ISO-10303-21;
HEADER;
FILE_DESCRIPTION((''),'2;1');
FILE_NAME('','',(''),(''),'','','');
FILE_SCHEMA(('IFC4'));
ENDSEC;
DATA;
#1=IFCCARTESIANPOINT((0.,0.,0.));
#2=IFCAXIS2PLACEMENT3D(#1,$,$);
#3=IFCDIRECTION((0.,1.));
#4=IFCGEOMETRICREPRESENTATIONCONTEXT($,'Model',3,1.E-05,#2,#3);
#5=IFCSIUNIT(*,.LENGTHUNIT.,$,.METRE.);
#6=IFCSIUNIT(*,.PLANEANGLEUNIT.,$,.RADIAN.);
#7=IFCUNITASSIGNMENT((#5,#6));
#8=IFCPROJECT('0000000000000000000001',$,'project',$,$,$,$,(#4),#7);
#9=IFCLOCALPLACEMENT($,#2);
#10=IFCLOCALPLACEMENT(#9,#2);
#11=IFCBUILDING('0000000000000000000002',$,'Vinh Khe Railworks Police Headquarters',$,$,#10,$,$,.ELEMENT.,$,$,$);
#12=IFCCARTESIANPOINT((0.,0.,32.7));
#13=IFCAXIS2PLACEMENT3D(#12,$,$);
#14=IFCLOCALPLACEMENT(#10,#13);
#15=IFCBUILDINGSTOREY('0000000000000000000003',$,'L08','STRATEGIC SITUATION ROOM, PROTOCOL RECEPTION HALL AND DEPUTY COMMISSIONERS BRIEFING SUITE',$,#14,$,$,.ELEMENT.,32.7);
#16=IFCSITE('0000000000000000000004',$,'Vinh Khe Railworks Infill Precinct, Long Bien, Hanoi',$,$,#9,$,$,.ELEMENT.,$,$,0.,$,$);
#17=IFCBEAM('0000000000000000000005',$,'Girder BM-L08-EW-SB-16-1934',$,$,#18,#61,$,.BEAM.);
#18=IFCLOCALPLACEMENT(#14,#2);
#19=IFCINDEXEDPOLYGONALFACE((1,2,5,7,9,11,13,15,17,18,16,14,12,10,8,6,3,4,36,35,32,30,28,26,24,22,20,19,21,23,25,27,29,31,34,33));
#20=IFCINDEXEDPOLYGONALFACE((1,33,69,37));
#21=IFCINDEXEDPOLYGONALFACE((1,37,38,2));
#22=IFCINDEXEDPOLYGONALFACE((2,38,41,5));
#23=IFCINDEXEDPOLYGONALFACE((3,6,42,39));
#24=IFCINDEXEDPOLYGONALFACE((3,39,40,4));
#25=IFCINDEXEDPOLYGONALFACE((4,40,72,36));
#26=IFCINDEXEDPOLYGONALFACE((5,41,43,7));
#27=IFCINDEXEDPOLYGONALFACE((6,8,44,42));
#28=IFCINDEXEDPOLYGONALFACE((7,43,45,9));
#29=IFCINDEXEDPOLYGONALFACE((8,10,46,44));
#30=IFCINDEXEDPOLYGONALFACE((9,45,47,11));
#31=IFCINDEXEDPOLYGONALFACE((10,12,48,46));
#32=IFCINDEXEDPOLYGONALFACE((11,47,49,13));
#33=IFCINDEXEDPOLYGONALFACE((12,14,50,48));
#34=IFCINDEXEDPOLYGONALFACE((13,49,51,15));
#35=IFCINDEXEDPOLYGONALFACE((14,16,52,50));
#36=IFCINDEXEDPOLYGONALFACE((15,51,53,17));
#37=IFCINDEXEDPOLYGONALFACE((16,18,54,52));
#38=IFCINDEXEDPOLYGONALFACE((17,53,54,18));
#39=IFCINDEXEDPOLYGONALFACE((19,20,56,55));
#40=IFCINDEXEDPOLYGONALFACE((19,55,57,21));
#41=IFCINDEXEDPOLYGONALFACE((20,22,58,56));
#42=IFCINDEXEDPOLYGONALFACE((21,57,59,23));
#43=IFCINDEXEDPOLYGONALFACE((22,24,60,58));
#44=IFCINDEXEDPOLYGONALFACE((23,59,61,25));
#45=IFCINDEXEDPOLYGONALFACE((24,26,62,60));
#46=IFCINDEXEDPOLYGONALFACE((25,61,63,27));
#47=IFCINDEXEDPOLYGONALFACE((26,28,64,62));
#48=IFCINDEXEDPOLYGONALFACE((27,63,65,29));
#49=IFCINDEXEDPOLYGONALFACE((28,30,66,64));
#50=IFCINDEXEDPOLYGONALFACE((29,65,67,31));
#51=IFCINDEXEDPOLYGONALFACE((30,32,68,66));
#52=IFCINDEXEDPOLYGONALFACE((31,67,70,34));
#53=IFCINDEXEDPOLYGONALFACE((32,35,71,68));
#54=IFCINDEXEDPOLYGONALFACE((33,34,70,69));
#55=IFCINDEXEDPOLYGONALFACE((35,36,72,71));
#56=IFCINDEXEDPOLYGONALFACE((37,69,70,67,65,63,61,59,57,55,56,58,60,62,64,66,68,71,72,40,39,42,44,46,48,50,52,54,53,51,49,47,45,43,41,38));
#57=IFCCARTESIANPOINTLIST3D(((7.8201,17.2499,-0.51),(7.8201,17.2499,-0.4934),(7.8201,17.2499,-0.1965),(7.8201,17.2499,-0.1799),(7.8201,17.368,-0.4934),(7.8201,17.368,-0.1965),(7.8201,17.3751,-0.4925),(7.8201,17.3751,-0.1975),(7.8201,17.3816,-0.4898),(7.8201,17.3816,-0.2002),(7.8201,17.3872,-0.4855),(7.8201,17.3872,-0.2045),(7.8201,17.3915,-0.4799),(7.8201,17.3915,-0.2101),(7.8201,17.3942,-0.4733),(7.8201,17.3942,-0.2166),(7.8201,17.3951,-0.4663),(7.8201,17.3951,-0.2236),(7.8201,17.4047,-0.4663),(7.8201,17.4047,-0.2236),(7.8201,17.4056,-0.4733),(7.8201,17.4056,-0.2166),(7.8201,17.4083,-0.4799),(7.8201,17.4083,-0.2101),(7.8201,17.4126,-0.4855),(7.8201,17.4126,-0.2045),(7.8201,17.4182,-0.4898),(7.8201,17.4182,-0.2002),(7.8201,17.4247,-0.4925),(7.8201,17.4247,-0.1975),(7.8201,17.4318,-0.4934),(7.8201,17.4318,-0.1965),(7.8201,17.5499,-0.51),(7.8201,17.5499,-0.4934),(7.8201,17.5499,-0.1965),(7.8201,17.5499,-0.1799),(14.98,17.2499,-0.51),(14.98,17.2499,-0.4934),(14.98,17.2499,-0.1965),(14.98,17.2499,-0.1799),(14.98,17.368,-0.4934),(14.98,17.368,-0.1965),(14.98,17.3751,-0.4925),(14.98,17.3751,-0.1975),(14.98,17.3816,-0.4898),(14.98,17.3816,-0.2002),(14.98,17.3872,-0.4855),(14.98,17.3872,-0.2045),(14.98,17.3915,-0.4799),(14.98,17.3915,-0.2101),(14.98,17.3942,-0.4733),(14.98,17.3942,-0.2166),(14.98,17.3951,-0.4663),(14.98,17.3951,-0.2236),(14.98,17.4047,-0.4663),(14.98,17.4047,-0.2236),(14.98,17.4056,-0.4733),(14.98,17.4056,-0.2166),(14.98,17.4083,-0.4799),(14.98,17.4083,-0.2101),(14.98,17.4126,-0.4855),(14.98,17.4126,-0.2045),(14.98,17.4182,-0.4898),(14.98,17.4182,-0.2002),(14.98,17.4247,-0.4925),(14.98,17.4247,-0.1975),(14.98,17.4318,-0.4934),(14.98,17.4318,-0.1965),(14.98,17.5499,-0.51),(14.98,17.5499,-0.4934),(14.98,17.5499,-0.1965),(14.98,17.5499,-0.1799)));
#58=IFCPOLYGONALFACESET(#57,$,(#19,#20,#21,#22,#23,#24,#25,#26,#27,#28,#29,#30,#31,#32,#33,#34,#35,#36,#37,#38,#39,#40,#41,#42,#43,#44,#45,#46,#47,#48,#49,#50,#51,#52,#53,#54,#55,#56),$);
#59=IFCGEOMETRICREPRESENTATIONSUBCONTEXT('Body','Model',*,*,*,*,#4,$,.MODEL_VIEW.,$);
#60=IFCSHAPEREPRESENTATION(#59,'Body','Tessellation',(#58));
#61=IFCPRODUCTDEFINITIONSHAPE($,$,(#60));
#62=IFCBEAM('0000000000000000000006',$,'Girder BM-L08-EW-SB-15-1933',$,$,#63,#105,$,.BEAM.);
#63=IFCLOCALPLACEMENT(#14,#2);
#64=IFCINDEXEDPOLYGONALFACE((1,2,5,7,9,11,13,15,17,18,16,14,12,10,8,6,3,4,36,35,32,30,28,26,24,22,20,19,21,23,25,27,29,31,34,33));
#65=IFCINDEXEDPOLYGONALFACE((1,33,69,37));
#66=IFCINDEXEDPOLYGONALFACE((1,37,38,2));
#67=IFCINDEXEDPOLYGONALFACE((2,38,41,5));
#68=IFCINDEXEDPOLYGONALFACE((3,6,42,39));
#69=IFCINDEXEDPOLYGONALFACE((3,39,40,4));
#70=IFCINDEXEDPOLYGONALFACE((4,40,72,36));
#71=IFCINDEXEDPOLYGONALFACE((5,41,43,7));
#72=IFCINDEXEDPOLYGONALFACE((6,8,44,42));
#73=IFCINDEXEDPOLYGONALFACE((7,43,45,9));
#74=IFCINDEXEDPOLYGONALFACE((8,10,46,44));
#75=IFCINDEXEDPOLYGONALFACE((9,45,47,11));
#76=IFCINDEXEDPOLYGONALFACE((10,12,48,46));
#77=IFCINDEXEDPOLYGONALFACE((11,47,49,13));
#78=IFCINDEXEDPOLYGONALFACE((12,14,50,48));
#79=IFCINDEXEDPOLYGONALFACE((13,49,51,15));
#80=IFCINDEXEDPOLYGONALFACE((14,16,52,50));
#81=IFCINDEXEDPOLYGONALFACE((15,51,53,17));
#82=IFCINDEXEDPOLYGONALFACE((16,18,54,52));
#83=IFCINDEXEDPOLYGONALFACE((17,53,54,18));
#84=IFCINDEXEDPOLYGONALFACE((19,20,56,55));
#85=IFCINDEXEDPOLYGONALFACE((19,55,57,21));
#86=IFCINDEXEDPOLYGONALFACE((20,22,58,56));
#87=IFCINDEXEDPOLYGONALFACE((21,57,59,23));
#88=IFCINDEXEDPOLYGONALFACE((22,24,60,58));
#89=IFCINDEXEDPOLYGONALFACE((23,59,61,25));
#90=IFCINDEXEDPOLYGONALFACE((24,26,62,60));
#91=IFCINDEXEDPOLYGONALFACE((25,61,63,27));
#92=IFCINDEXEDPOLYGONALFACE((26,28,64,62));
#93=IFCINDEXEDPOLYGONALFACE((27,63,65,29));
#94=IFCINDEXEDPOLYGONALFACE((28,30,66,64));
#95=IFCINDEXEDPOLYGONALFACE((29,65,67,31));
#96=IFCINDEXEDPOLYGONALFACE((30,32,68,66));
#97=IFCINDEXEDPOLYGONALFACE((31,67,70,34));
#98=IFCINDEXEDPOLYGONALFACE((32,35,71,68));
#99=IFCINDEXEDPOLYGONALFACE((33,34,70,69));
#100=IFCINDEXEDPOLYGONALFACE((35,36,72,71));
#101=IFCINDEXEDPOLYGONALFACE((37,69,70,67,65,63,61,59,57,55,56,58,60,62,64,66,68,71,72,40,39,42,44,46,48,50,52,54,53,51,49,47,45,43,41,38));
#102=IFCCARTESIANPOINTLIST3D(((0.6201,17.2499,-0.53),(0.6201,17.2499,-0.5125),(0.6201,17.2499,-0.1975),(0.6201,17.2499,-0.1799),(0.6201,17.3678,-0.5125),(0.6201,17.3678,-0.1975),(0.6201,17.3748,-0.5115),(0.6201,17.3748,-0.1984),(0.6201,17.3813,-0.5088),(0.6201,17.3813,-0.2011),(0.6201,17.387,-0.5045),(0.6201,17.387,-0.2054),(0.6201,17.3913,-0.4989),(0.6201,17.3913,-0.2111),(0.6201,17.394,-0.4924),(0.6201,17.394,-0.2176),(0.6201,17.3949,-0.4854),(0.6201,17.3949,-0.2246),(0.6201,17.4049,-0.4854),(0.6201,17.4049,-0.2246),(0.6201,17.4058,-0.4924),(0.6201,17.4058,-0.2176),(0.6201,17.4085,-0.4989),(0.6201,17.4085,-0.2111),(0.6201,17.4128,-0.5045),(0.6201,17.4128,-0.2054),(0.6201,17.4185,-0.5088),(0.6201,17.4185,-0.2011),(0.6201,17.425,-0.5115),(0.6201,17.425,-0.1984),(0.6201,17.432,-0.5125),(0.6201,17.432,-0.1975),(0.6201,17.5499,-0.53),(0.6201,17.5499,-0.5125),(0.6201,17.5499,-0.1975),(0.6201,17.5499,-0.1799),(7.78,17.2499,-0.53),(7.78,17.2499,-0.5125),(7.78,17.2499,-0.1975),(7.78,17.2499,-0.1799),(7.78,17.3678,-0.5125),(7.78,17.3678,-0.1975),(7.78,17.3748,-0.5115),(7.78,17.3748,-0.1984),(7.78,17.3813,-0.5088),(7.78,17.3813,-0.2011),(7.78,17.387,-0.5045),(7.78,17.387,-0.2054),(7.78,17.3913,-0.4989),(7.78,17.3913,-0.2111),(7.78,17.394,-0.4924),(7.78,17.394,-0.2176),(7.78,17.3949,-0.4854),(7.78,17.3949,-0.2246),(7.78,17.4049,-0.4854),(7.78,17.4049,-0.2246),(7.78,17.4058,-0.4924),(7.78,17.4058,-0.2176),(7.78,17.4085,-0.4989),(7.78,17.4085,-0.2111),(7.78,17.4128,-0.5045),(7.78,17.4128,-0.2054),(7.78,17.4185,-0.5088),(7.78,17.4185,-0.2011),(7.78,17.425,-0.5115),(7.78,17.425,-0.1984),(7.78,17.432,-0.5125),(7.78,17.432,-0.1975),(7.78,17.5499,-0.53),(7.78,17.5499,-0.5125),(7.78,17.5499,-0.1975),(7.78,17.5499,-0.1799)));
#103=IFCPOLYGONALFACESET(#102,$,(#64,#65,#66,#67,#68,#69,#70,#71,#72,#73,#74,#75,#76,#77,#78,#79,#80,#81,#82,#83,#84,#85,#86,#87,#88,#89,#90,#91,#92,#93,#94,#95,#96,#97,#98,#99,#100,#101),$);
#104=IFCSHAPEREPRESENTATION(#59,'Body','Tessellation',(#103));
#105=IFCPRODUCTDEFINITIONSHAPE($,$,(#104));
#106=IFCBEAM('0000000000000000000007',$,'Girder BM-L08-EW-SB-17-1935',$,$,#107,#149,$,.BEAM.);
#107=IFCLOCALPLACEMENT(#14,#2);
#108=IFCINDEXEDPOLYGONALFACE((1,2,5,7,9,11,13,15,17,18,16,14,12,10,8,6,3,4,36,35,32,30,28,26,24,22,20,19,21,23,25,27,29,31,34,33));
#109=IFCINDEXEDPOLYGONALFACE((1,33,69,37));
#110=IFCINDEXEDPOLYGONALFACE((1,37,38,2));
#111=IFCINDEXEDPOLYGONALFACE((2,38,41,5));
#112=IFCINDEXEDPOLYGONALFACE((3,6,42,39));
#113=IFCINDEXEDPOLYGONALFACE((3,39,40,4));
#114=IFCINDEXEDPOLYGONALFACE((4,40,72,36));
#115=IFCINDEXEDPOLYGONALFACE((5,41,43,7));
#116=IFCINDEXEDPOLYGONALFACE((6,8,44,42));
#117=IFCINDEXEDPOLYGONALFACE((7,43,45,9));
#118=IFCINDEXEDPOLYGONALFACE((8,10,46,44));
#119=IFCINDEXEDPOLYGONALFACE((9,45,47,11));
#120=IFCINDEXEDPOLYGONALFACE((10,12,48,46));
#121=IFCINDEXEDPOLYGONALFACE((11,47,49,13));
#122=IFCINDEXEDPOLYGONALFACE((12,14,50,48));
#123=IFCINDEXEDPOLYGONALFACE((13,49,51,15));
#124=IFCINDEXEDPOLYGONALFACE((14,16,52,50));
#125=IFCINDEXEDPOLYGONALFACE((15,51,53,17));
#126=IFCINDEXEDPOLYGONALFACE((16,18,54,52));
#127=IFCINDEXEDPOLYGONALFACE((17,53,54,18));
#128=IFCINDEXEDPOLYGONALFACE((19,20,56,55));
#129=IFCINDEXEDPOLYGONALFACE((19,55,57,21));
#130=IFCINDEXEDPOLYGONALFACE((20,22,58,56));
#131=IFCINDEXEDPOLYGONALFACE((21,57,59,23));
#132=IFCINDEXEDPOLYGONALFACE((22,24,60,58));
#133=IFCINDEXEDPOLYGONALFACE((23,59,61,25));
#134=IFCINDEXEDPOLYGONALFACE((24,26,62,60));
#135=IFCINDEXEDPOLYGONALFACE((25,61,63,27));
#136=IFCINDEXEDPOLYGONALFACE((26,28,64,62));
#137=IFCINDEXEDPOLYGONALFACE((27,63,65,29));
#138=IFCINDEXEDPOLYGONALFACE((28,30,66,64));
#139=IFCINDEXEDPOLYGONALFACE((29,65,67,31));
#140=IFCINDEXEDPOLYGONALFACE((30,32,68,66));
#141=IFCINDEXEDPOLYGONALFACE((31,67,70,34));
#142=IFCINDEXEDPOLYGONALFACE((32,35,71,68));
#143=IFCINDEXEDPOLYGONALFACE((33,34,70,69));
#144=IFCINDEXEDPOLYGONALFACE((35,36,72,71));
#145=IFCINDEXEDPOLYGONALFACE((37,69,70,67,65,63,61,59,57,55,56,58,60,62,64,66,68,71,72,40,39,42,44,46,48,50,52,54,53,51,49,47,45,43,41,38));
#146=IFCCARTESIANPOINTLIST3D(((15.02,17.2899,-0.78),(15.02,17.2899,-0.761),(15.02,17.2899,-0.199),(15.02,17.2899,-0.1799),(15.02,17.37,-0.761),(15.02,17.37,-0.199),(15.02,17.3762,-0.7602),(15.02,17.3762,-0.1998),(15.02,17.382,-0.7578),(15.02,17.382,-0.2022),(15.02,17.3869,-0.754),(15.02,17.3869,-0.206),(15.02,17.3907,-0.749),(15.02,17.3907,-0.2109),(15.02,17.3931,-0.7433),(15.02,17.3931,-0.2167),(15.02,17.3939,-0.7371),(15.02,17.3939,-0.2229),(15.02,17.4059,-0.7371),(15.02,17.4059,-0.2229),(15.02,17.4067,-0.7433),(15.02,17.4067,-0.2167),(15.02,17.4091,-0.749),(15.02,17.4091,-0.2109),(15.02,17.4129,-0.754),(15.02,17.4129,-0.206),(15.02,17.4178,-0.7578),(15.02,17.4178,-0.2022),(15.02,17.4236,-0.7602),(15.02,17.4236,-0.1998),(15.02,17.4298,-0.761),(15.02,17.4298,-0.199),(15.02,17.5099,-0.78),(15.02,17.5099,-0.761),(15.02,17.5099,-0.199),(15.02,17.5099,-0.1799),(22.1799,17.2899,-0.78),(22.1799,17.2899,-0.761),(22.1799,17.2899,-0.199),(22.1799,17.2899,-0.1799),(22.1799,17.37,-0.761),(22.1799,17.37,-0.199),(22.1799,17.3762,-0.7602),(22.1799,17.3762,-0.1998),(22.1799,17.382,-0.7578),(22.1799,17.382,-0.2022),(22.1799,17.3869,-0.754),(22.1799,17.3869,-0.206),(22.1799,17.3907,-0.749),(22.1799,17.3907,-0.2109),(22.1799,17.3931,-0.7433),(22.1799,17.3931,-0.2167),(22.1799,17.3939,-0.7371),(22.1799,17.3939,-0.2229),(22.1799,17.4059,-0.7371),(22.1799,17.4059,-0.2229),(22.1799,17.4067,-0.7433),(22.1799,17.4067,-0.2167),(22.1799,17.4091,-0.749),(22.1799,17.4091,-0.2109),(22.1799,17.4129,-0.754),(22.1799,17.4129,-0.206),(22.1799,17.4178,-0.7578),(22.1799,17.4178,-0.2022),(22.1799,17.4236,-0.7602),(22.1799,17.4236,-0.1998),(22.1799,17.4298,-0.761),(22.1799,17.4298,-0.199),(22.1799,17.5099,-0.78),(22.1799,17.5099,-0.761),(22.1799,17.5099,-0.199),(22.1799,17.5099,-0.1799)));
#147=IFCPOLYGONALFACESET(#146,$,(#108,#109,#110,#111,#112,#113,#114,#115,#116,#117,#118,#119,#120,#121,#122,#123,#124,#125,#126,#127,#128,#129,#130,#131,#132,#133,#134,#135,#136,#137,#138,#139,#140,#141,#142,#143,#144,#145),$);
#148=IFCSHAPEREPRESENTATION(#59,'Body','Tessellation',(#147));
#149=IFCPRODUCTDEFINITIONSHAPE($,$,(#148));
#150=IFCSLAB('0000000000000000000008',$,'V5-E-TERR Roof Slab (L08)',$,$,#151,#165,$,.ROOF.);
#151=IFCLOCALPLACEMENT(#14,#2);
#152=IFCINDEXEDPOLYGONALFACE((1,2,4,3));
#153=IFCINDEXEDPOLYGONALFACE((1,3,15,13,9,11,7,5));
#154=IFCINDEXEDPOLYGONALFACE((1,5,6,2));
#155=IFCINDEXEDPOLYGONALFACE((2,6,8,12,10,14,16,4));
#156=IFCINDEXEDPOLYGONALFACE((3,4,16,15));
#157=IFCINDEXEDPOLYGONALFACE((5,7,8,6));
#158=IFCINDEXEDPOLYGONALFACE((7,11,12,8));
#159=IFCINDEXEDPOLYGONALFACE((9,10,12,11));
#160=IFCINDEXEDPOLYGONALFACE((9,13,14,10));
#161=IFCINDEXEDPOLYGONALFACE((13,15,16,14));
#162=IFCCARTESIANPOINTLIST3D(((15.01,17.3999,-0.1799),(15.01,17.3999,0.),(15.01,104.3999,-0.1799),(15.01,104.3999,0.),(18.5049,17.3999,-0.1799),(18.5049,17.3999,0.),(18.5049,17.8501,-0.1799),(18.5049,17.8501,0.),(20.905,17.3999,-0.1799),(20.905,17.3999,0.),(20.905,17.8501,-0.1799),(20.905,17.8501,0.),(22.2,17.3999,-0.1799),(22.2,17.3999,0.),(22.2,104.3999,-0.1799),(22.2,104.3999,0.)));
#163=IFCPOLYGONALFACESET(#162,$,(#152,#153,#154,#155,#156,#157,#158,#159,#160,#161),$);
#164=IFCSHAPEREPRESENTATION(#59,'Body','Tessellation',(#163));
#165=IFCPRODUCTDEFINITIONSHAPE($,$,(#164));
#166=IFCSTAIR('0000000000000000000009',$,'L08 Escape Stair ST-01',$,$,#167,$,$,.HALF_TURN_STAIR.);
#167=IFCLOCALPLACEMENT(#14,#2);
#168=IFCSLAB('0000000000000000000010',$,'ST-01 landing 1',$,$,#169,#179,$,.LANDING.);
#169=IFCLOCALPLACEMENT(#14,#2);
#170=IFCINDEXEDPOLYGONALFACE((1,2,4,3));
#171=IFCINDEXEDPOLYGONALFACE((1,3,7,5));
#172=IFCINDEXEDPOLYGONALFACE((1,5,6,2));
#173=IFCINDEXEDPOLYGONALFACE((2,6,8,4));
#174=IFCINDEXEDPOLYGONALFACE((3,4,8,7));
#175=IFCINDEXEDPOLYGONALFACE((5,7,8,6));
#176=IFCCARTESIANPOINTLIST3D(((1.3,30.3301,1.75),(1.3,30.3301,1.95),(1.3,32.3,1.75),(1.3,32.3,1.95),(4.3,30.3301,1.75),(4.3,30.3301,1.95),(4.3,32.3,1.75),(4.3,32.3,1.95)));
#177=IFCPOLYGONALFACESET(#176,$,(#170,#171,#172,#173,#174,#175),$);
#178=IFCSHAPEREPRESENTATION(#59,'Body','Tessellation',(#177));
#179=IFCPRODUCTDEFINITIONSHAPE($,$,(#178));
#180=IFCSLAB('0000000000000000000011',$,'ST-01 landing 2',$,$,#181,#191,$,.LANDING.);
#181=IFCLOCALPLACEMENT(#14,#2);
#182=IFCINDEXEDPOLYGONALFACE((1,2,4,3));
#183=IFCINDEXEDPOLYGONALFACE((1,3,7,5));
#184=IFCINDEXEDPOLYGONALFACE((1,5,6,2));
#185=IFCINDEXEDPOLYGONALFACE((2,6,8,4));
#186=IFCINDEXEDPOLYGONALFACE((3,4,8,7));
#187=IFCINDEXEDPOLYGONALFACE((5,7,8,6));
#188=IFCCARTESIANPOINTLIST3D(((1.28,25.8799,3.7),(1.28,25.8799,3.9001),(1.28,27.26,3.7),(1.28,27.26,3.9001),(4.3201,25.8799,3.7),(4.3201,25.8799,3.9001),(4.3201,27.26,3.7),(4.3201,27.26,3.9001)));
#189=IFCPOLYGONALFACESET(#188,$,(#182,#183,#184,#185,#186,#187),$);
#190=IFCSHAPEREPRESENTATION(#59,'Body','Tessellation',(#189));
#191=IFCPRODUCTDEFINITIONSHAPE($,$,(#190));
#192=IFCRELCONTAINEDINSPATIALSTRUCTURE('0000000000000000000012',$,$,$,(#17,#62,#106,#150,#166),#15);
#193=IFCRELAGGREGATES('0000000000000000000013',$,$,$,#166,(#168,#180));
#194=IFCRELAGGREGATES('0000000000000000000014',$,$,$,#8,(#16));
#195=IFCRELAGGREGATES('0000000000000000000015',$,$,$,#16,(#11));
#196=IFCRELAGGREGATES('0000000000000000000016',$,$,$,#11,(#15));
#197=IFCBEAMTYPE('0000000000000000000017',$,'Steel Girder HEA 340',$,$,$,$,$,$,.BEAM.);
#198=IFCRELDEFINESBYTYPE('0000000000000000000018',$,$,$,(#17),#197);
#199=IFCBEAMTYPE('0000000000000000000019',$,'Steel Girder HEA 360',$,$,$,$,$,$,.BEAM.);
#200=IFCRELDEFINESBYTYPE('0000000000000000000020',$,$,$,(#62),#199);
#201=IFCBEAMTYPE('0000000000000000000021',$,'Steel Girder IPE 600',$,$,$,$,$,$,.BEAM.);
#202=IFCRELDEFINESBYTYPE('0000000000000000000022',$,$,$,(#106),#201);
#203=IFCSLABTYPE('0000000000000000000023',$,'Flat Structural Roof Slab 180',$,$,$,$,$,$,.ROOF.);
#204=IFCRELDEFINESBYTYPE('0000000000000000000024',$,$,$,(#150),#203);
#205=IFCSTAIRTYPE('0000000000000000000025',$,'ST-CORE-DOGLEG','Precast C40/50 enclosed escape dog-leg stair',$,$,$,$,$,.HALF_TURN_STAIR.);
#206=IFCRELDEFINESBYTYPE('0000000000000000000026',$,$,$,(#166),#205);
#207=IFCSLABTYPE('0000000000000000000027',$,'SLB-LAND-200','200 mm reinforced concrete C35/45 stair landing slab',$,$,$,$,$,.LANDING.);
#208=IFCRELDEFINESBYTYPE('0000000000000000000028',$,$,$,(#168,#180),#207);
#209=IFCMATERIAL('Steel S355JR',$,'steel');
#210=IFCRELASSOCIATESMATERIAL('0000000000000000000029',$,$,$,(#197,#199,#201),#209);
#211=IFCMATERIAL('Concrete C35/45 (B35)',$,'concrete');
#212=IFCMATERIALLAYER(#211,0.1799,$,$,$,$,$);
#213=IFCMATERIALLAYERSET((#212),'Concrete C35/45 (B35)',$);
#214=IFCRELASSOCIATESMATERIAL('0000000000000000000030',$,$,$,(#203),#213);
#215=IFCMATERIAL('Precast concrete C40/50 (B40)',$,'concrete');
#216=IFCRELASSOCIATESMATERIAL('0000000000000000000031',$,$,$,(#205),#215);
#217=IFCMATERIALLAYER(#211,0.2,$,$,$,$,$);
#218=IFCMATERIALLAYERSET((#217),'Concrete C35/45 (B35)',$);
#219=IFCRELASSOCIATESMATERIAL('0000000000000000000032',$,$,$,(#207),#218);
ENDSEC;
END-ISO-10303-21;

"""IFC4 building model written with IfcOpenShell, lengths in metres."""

from ifc_helpers import new_model, si_unit, direction, frame, origin, origin_2d, place, context, subcontext, project, spatial, polyline, i_section, outline, extrude, material, layer, layer_set, material_profile, profile_set, type_object, element, aggregate, save


model = new_model("IFC4")

# Units and contexts
model_context = context("Model", 3, precision=1e-05, world=origin(), true_north=direction((0.0, 1.0)))
body_context = subcontext(model_context, "Body", "Model", "MODEL_VIEW")
ifc_project = project(units=[si_unit("LENGTHUNIT", "METRE"), si_unit("PLANEANGLEUNIT", "RADIAN")], contexts=[model_context])

# Site, building, storey
site_placement = place(None, origin())
site = spatial("IfcSite", under=ifc_project, at=site_placement, Name="Vinh Khe Railworks Infill Precinct, Long Bien, Hanoi", CompositionType="ELEMENT", RefElevation=0.0)
building_placement = place(site_placement, origin())
building = spatial("IfcBuilding", under=site, at=building_placement, Name="Vinh Khe Railworks Police Headquarters", CompositionType="ELEMENT")
storey_placement = place(building_placement, frame((0.0, 0.0, 32.7)))
storey = spatial("IfcBuildingStorey", under=building, at=storey_placement, Name="L08", Description="STRATEGIC SITUATION ROOM, PROTOCOL RECEPTION HALL AND DEPUTY COMMISSIONERS BRIEFING SUITE", CompositionType="ELEMENT", Elevation=32.7)

# Shared definitions
ifc_material_1 = material(Name="Steel S355JR", Category="steel")

# Beams
ifc_material_profile_1 = material_profile(ifc_material_1, i_section(OverallWidth=0.3, OverallDepth=0.3301, WebThickness=0.0095, FlangeThickness=0.0166, FilletRadius=0.0271, at=origin_2d()), Name="HEA 340")
ifc_profile_set_1 = profile_set([ifc_material_profile_1], Name="Steel S355JR")
beam_type_1 = type_object("IfcBeamType", Name="Steel Girder HEA 340", PredefinedType="BEAM", material=ifc_profile_set_1)
beam_1_placement = place(storey_placement, frame((7.8201, 17.3999, -0.345), z_axis=(1.0, 0.0, 0.0), x_axis=(0.0, 1.0, 0.0)))
element("IfcBeam", 1, at=beam_1_placement, inside=storey, type_object=beam_type_1, Name="Girder BM-L08-EW-SB-16-1934", PredefinedType="BEAM", context=body_context, shape_type="SweptSolid", body=[
    extrude(i_section(OverallWidth=0.3, OverallDepth=0.3301, WebThickness=0.0095, FlangeThickness=0.0166, FilletRadius=0.0271, at=origin_2d()), origin(), (0.0, 0.0, 1.0), 7.1599),
])
ifc_material_profile_2 = material_profile(ifc_material_1, i_section(OverallWidth=0.3, OverallDepth=0.3501, WebThickness=0.01, FlangeThickness=0.0176, FilletRadius=0.0271, at=origin_2d()), Name="HEA 360")
ifc_profile_set_2 = profile_set([ifc_material_profile_2], Name="Steel S355JR")
beam_type_2 = type_object("IfcBeamType", Name="Steel Girder HEA 360", PredefinedType="BEAM", material=ifc_profile_set_2)
beam_2_placement = place(storey_placement, frame((0.6201, 17.3999, -0.355), z_axis=(1.0, 0.0, 0.0), x_axis=(0.0, 1.0, 0.0)))
element("IfcBeam", 2, at=beam_2_placement, inside=storey, type_object=beam_type_2, Name="Girder BM-L08-EW-SB-15-1933", PredefinedType="BEAM", context=body_context, shape_type="SweptSolid", body=[
    extrude(i_section(OverallWidth=0.3, OverallDepth=0.3501, WebThickness=0.01, FlangeThickness=0.0176, FilletRadius=0.0271, at=origin_2d()), origin(), (0.0, 0.0, 1.0), 7.1599),
])
ifc_material_profile_3 = material_profile(ifc_material_1, i_section(OverallWidth=0.22, OverallDepth=0.6001, WebThickness=0.012, FlangeThickness=0.019, FilletRadius=0.0239, at=origin_2d()), Name="IPE 600")
ifc_profile_set_3 = profile_set([ifc_material_profile_3], Name="Steel S355JR")
beam_type_3 = type_object("IfcBeamType", Name="Steel Girder IPE 600", PredefinedType="BEAM", material=ifc_profile_set_3)
beam_3_placement = place(storey_placement, frame((15.02, 17.3999, -0.48), z_axis=(1.0, 0.0, 0.0), x_axis=(0.0, 1.0, 0.0)))
element("IfcBeam", 3, at=beam_3_placement, inside=storey, type_object=beam_type_3, Name="Girder BM-L08-EW-SB-17-1935", PredefinedType="BEAM", context=body_context, shape_type="SweptSolid", body=[
    extrude(i_section(OverallWidth=0.22, OverallDepth=0.6001, WebThickness=0.012, FlangeThickness=0.019, FilletRadius=0.0239, at=origin_2d()), origin(), (0.0, 0.0, 1.0), 7.1599),
])

# Slab
ifc_material_2 = material(Name="Concrete C35/45 (B35)", Category="concrete")
ifc_layer_1 = layer(ifc_material_2, 0.1799)
ifc_layer_set_1 = layer_set([ifc_layer_1], Name="Concrete C35/45 (B35)")
slab_type_1 = type_object("IfcSlabType", Name="Flat Structural Roof Slab 180", PredefinedType="ROOF", material=ifc_layer_set_1)
slab_1_placement = place(storey_placement, frame((0.0, 0.0, -0.1799)))
element("IfcSlab", 4, at=slab_1_placement, inside=storey, type_object=slab_type_1, Name="V5-E-TERR Roof Slab (L08)", PredefinedType="ROOF", context=body_context, shape_type="SweptSolid", body=[
    extrude(outline(polyline([(15.01, 17.3999), (18.5049, 17.3999), (18.5049, 17.8501), (20.905, 17.8501), (20.905, 17.3999), (22.2, 17.3999), (22.2, 104.3999), (15.01, 104.3999), (15.01, 17.3999)])), origin(), (0.0, 0.0, 1.0), 0.1799),
])

# Stair, slabs
ifc_material_3 = material(Name="Precast concrete C40/50 (B40)", Category="concrete")
stair_type = type_object("IfcStairType", Name="ST-CORE-DOGLEG", Description="Precast C40/50 enclosed escape dog-leg stair", PredefinedType="HALF_TURN_STAIR", material=ifc_material_3)
stair_1_placement = place(storey_placement, origin())
stair_1 = element("IfcStair", 5, at=stair_1_placement, inside=storey, type_object=stair_type, Name="L08 Escape Stair ST-01", PredefinedType="HALF_TURN_STAIR")
ifc_layer_2 = layer(ifc_material_2, 0.2)
ifc_layer_set_2 = layer_set([ifc_layer_2], Name="Concrete C35/45 (B35)")
slab_type_2 = type_object("IfcSlabType", Name="SLB-LAND-200", Description="200 mm reinforced concrete C35/45 stair landing slab", PredefinedType="LANDING", material=ifc_layer_set_2)
slab_2_placement = place(storey_placement, frame((0.0, 0.0, 1.75)))
slab_2 = element("IfcSlab", 6, at=slab_2_placement, type_object=slab_type_2, Name="ST-01 landing 1", PredefinedType="LANDING", context=body_context, shape_type="SweptSolid", body=[
    extrude(outline(polyline([(4.3, 30.3301), (4.3, 32.3), (1.3, 32.3), (1.3, 30.3301), (4.3, 30.3301)])), origin(), (0.0, 0.0, 1.0), 0.2),
])
slab_3_placement = place(storey_placement, frame((0.0, 0.0, 3.7)))
slab_3 = element("IfcSlab", 7, at=slab_3_placement, type_object=slab_type_2, Name="ST-01 landing 2", PredefinedType="LANDING", context=body_context, shape_type="SweptSolid", body=[
    extrude(outline(polyline([(1.28, 25.8799), (4.3201, 25.8799), (4.3201, 27.26), (1.28, 27.26), (1.28, 25.8799)])), origin(), (0.0, 0.0, 1.0), 0.2002),
])
aggregate(stair_1, [slab_2, slab_3])

save(model, "model.ifc")
